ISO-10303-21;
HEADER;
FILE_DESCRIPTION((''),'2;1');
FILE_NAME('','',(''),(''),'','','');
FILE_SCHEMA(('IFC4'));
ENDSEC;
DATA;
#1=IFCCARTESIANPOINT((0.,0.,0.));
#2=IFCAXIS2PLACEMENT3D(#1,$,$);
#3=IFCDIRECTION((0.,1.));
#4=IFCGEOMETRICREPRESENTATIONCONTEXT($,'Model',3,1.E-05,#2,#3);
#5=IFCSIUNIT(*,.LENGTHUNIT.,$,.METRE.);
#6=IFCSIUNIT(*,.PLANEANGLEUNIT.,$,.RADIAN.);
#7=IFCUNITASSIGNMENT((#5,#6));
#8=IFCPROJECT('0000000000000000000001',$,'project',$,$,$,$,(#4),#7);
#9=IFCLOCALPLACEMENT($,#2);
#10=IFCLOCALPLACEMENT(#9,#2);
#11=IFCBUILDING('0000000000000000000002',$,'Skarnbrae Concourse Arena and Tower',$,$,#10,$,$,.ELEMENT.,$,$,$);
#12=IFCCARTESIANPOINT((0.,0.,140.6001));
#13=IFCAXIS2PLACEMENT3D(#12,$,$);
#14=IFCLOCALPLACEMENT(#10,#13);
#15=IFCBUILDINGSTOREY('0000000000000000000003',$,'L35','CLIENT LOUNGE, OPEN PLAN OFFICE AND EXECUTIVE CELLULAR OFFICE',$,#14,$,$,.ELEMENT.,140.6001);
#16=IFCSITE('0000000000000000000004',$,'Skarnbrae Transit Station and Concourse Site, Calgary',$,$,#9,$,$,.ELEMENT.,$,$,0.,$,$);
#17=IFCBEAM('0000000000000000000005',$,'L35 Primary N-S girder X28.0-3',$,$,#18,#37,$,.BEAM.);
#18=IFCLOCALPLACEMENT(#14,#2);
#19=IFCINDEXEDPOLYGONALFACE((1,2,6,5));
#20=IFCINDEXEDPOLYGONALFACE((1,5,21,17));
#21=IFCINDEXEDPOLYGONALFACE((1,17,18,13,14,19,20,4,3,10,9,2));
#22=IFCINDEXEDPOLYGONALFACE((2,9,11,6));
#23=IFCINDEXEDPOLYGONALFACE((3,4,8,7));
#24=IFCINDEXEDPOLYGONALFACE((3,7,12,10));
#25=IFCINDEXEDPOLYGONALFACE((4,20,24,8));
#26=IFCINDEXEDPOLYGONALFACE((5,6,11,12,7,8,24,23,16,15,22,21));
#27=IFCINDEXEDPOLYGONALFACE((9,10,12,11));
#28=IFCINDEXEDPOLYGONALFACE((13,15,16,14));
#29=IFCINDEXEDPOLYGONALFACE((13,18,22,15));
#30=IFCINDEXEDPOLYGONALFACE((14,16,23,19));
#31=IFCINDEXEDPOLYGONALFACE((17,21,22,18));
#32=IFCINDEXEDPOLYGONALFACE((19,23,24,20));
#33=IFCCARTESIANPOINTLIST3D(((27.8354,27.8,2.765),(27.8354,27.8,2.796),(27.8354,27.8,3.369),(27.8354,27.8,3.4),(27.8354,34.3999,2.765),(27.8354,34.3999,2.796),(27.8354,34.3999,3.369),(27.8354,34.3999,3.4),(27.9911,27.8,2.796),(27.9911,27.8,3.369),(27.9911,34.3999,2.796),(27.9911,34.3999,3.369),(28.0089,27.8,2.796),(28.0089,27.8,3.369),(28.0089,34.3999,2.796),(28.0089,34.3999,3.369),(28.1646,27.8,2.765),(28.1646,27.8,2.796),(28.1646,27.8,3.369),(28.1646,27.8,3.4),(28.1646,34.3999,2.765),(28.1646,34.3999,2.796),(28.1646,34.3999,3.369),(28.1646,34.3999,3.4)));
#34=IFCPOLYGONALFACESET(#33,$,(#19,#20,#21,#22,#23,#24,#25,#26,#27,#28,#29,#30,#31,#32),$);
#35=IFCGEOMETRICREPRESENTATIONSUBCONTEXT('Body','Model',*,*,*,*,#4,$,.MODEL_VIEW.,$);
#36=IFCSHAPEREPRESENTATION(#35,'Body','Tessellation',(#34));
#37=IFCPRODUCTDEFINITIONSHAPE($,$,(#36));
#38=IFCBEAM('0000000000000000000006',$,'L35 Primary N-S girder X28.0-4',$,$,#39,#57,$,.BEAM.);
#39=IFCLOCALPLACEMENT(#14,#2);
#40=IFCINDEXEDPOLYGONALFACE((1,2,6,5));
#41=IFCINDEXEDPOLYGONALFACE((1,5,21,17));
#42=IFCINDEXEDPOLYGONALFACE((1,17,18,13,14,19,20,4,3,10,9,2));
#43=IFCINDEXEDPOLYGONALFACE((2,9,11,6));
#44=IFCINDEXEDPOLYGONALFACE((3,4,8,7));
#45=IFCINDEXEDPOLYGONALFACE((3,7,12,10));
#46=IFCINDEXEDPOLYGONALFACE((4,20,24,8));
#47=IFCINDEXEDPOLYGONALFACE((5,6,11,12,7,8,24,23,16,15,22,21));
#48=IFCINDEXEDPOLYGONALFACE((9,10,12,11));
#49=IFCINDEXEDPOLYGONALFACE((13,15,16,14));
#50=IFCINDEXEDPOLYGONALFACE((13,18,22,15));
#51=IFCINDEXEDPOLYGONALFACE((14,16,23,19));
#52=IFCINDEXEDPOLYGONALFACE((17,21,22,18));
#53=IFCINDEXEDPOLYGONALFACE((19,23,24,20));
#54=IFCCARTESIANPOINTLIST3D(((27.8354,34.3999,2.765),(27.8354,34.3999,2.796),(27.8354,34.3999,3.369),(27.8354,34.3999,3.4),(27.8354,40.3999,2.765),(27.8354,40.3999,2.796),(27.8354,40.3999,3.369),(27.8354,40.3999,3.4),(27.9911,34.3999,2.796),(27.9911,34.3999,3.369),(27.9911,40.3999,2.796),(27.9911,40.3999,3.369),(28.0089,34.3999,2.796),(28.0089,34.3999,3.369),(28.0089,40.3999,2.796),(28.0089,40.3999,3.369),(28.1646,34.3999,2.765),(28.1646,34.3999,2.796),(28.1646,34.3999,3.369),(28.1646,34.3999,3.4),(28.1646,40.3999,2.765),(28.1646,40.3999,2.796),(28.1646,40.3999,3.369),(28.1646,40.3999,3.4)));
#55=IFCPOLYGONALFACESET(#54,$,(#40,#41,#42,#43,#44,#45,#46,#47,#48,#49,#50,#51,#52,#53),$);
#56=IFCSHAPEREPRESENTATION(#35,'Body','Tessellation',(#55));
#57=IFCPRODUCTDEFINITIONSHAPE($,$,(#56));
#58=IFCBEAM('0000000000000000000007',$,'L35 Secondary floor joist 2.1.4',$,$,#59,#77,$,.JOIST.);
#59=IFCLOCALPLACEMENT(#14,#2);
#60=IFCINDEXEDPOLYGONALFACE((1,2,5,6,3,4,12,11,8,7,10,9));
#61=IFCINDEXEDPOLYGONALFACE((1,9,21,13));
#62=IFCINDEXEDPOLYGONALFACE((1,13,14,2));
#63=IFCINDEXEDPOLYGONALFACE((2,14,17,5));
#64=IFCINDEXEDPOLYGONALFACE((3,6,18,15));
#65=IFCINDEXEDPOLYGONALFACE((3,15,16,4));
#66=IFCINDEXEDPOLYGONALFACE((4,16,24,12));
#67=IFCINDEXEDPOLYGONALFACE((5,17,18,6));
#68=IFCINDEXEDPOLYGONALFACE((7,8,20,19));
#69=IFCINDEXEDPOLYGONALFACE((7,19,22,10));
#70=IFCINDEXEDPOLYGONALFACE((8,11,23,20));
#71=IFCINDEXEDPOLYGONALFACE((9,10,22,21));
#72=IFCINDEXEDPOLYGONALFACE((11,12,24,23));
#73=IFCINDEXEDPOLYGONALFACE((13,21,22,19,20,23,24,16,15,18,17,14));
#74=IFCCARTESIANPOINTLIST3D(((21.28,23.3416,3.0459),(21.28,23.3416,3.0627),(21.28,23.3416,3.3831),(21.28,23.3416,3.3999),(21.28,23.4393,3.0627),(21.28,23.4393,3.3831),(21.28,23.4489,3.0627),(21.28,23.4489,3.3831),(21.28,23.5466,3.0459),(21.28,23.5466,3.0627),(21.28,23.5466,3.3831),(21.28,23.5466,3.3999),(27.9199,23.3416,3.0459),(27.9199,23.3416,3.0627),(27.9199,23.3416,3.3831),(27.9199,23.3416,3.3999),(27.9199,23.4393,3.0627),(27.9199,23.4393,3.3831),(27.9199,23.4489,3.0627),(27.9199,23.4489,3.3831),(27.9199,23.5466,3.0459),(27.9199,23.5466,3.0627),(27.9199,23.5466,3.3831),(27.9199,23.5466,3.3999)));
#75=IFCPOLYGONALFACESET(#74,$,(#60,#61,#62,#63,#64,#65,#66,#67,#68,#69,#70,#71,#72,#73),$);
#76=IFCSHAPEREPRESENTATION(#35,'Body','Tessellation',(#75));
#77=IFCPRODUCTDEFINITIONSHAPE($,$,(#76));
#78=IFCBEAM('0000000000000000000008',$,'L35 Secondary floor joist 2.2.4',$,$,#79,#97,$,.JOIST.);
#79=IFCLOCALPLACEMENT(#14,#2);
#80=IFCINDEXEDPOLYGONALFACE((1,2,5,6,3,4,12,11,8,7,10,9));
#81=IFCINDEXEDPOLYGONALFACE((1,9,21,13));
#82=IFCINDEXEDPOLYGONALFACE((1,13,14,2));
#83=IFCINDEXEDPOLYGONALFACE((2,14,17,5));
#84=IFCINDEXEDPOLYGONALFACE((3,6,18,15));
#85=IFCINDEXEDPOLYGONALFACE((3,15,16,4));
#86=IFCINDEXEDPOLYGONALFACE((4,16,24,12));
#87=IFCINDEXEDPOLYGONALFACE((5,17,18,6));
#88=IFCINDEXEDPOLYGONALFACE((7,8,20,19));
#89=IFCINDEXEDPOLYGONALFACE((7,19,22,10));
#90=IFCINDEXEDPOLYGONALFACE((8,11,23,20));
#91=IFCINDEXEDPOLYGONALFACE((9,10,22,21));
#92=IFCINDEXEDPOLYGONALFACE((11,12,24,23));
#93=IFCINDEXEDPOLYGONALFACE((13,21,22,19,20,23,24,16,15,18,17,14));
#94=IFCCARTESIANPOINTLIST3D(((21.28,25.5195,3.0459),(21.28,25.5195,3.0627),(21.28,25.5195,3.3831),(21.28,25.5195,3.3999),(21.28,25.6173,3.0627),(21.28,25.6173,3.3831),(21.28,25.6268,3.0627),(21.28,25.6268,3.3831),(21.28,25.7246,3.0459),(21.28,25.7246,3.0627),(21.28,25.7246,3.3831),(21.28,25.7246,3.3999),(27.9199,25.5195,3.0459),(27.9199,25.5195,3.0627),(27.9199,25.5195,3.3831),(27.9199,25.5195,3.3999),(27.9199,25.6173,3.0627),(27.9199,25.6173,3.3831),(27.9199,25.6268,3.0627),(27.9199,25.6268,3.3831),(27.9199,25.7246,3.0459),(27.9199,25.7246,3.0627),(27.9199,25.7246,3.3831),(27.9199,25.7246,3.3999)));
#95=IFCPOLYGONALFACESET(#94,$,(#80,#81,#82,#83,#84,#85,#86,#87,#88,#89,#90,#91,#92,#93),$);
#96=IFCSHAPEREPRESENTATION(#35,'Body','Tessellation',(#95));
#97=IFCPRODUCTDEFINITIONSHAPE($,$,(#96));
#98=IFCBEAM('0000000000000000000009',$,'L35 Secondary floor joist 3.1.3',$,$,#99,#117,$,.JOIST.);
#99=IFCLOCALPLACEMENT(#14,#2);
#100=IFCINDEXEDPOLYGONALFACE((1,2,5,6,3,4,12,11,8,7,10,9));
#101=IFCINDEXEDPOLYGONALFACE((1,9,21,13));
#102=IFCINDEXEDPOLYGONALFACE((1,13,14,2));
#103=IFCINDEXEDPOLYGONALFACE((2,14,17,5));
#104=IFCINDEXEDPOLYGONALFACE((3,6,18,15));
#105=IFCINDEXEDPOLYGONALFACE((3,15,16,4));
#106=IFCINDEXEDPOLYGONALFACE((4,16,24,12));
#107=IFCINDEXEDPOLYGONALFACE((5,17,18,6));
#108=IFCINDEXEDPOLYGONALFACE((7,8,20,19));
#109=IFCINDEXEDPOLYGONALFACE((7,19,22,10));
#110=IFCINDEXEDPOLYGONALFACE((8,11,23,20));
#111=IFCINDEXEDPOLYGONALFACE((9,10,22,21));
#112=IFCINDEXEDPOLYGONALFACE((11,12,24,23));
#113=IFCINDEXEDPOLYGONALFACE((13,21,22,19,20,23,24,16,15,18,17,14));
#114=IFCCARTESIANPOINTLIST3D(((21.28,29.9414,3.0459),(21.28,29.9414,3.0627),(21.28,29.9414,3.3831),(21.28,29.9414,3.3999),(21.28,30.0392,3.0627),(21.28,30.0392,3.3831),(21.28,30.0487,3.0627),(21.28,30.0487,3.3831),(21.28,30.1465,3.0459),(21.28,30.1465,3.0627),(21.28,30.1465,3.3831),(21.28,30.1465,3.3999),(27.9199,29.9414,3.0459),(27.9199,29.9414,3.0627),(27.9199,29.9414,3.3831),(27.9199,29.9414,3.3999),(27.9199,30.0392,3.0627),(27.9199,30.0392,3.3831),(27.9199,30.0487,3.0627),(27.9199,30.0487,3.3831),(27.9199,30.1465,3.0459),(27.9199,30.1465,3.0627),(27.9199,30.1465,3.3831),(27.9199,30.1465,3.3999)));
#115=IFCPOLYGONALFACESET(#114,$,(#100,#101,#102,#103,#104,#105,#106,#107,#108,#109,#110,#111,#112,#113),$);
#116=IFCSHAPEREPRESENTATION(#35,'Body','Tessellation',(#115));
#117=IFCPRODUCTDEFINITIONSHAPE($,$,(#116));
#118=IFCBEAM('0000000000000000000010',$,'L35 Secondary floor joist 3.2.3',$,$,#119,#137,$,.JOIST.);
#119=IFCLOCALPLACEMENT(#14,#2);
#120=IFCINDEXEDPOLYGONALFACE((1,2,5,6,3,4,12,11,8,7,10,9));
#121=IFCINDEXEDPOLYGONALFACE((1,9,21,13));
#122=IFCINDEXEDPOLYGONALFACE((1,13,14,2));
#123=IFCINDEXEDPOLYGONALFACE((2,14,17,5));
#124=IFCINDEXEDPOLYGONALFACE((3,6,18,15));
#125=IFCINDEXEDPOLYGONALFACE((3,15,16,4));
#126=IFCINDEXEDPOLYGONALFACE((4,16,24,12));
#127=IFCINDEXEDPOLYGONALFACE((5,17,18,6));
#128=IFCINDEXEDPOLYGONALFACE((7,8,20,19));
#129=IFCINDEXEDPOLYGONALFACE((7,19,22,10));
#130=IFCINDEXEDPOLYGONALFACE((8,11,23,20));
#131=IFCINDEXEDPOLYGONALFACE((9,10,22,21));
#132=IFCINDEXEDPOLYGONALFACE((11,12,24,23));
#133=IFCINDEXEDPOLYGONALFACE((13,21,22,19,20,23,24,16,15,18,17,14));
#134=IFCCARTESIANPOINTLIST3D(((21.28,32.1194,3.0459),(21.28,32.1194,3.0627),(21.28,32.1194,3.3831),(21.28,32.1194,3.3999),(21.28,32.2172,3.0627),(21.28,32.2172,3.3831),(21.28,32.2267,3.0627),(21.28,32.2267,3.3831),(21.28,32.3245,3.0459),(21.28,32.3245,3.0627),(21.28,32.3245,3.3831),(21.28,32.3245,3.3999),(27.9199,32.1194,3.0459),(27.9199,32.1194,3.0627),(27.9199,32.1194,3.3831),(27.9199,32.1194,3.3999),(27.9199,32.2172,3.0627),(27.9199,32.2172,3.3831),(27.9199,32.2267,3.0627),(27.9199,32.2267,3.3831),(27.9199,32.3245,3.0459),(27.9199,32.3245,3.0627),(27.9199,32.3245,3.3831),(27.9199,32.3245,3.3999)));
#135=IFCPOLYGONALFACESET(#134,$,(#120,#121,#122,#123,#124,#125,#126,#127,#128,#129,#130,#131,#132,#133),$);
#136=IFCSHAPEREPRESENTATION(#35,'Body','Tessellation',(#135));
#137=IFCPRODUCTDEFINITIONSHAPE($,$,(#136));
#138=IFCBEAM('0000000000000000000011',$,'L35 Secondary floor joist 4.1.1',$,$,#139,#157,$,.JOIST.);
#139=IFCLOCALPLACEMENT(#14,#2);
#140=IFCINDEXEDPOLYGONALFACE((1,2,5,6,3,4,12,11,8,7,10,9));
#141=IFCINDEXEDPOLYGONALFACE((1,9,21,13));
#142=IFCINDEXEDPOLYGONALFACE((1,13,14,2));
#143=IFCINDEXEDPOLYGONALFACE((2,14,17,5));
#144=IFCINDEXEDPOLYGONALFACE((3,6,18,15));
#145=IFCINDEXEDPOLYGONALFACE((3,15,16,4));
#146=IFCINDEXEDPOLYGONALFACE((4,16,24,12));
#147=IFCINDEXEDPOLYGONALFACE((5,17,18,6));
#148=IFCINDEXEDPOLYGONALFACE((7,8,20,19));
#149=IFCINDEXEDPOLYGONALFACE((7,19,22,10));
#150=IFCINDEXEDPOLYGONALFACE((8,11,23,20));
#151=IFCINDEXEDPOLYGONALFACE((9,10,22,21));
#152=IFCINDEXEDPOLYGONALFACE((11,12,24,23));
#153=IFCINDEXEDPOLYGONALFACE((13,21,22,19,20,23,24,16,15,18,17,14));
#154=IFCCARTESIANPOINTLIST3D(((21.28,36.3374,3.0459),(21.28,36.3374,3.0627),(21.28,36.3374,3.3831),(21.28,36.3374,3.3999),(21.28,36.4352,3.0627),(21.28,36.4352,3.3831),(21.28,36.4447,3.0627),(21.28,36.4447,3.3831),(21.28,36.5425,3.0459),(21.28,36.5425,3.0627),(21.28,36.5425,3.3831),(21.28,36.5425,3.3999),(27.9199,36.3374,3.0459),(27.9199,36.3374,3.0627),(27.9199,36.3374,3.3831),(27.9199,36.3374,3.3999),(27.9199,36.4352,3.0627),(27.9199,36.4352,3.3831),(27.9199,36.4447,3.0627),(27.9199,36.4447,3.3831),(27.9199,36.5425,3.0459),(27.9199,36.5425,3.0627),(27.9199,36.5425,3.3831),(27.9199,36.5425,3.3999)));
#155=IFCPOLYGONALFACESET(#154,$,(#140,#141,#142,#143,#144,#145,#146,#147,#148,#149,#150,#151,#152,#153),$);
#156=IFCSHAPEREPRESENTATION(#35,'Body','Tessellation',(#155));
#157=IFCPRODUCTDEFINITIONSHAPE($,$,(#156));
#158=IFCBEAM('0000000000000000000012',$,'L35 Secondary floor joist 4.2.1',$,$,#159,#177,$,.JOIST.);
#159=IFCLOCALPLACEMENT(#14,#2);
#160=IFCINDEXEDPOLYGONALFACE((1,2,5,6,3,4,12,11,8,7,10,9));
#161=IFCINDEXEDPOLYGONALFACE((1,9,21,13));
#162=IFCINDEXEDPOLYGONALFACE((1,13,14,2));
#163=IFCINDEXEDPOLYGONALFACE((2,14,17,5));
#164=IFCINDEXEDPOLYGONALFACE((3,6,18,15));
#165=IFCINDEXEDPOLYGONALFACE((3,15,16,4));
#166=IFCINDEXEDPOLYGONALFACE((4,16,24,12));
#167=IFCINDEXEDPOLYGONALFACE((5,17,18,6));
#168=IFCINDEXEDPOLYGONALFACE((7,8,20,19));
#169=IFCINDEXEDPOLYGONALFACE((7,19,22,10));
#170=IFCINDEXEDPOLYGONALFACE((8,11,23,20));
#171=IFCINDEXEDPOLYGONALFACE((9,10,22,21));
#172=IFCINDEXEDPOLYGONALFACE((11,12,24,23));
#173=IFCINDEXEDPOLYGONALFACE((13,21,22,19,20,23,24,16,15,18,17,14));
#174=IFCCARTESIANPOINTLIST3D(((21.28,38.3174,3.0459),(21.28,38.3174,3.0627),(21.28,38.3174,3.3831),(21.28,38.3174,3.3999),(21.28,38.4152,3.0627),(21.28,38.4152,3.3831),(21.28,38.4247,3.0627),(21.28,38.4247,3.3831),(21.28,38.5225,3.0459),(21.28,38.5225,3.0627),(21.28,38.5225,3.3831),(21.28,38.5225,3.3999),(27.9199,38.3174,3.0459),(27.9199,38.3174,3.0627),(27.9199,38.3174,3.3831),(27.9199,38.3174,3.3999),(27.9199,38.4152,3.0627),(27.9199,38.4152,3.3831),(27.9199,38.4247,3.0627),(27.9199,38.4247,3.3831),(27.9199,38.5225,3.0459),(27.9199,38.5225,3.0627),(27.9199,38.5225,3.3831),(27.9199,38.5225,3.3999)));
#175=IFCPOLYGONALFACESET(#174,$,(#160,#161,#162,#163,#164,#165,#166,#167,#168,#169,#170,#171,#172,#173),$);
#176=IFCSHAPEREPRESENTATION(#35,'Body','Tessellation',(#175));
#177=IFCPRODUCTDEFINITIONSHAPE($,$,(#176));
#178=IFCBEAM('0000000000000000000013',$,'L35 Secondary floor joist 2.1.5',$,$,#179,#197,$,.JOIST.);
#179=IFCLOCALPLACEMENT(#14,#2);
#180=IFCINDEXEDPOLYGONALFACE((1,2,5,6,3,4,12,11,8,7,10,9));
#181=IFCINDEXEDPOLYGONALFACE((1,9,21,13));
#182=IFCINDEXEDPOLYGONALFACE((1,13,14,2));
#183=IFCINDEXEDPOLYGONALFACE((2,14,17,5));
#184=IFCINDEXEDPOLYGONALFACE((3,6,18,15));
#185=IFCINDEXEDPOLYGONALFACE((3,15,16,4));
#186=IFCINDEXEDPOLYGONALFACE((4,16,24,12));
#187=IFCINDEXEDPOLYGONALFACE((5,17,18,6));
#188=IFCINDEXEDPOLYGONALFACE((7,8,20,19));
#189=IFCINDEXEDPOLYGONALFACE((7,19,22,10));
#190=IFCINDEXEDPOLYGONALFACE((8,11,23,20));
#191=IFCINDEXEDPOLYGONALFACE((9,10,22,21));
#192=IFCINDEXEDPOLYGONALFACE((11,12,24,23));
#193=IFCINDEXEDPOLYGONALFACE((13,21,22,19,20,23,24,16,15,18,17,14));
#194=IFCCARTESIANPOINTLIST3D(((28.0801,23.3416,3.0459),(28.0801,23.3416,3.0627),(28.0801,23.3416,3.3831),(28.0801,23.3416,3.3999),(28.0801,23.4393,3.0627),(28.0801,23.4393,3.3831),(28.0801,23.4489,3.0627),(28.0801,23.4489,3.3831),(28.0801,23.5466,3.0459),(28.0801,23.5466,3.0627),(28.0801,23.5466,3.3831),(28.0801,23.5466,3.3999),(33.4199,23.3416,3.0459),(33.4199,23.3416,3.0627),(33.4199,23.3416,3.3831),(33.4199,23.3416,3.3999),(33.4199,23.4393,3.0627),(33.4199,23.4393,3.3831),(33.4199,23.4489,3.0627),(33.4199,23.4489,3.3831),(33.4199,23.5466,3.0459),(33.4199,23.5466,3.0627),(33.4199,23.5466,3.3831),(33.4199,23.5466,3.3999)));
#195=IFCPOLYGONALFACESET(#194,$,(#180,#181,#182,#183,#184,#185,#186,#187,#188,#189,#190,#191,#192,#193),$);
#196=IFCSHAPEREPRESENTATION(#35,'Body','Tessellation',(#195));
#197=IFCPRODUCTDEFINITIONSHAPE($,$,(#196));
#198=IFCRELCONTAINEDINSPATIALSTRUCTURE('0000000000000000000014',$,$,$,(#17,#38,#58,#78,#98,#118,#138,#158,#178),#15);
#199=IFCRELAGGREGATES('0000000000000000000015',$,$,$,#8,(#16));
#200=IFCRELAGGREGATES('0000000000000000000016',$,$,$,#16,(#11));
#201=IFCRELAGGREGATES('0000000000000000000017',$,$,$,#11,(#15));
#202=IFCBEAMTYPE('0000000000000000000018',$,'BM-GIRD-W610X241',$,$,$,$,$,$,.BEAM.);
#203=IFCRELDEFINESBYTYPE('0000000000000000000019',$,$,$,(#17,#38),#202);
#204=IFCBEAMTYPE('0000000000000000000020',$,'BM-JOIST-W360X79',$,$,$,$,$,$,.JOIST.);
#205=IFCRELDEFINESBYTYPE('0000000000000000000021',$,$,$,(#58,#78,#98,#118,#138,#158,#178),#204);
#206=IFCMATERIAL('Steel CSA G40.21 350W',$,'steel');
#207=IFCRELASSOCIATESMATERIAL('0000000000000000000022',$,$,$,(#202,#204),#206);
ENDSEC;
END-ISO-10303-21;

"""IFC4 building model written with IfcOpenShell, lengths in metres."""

from ifc_helpers import new_model, si_unit, direction, frame, origin, origin_2d, place, context, subcontext, project, spatial, i_section, extrude, source, transform, mapped, material, material_profile, profile_set, type_object, element, save


model = new_model("IFC4")

# Units and contexts
model_context = context("Model", 3, precision=1e-05, world=origin(), true_north=direction((0.0, 1.0)))
body_context = subcontext(model_context, "Body", "Model", "MODEL_VIEW")
ifc_project = project(units=[si_unit("LENGTHUNIT", "METRE"), si_unit("PLANEANGLEUNIT", "RADIAN")], contexts=[model_context])

# Site, building, storey
site_placement = place(None, origin())
site = spatial("IfcSite", under=ifc_project, at=site_placement, Name="Skarnbrae Transit Station and Concourse Site, Calgary", CompositionType="ELEMENT", RefElevation=0.0)
building_placement = place(site_placement, origin())
building = spatial("IfcBuilding", under=site, at=building_placement, Name="Skarnbrae Concourse Arena and Tower", CompositionType="ELEMENT")
storey_placement = place(building_placement, frame((0.0, 0.0, 140.6001)))
storey = spatial("IfcBuildingStorey", under=building, at=storey_placement, Name="L35", Description="CLIENT LOUNGE, OPEN PLAN OFFICE AND EXECUTIVE CELLULAR OFFICE", CompositionType="ELEMENT", Elevation=140.6001)

# Shared definitions
ifc_material_1 = material(Name="Steel CSA G40.21 350W", Category="steel")

# Beams
ifc_material_profile_1 = material_profile(ifc_material_1, i_section(OverallWidth=0.3291, OverallDepth=0.635, WebThickness=0.0178, FlangeThickness=0.031, at=origin_2d()), Name="W610X241")
ifc_profile_set_1 = profile_set([ifc_material_profile_1], Name="Steel CSA G40.21 350W")
beam_type_1 = type_object("IfcBeamType", Name="BM-GIRD-W610X241", PredefinedType="BEAM", material=ifc_profile_set_1)
shared_shape_1 = source(origin(), body_context, "Body", "SweptSolid", [
    extrude(i_section(OverallWidth=0.3291, OverallDepth=0.635, WebThickness=0.0178, FlangeThickness=0.031, at=origin_2d()), origin(), (0.0, 0.0, 1.0), 6.5999),
])
beam_1_placement = place(storey_placement, frame((28.0, 27.8, 3.0825), z_axis=(0.0, 1.0, 0.0), x_axis=(-1.0, 0.0, 0.0)))
element("IfcBeam", 1, at=beam_1_placement, inside=storey, type_object=beam_type_1, Name="L35 Primary N-S girder X28.0-3", PredefinedType="BEAM", context=body_context, shape_type="MappedRepresentation", body=[
    mapped(shared_shape_1, transform((0.0, 0.0, 0.0))),
])
shared_shape_2 = source(origin(), body_context, "Body", "SweptSolid", [
    extrude(i_section(OverallWidth=0.3291, OverallDepth=0.635, WebThickness=0.0178, FlangeThickness=0.031, at=origin_2d()), origin(), (0.0, 0.0, 1.0), 6.0),
])
beam_2_placement = place(storey_placement, frame((28.0, 34.3999, 3.0825), z_axis=(0.0, 1.0, 0.0), x_axis=(-1.0, 0.0, 0.0)))
element("IfcBeam", 2, at=beam_2_placement, inside=storey, type_object=beam_type_1, Name="L35 Primary N-S girder X28.0-4", PredefinedType="BEAM", context=body_context, shape_type="MappedRepresentation", body=[
    mapped(shared_shape_2, transform((0.0, 0.0, 0.0))),
])
ifc_material_profile_2 = material_profile(ifc_material_1, i_section(OverallWidth=0.2051, OverallDepth=0.354, WebThickness=0.0095, FlangeThickness=0.0168, at=origin_2d()), Name="W360X79")
ifc_profile_set_2 = profile_set([ifc_material_profile_2], Name="Steel CSA G40.21 350W")
beam_type_2 = type_object("IfcBeamType", Name="BM-JOIST-W360X79", PredefinedType="JOIST", material=ifc_profile_set_2)
shared_shape_3 = source(origin(), body_context, "Body", "SweptSolid", [
    extrude(i_section(OverallWidth=0.2051, OverallDepth=0.354, WebThickness=0.0095, FlangeThickness=0.0168, at=origin_2d()), origin(), (0.0, 0.0, 1.0), 6.6399),
])
for number, where, z_axis, x_axis, name in (
    (3, (21.28, 23.4441, 3.2229), (1.0, 0.0, 0.0), (0.0, 1.0, 0.0), "L35 Secondary floor joist 2.1.4"),
    (4, (21.28, 25.6221, 3.2229), (1.0, 0.0, 0.0), (0.0, 1.0, 0.0), "L35 Secondary floor joist 2.2.4"),
    (5, (21.28, 30.0439, 3.2229), (1.0, 0.0, 0.0), (0.0, 1.0, 0.0), "L35 Secondary floor joist 3.1.3"),
    (6, (21.28, 32.2219, 3.2229), (1.0, 0.0, 0.0), (0.0, 1.0, 0.0), "L35 Secondary floor joist 3.2.3"),
    (7, (21.28, 36.4399, 3.2229), (1.0, 0.0, 0.0), (0.0, 1.0, 0.0), "L35 Secondary floor joist 4.1.1"),
    (8, (21.28, 38.4199, 3.2229), (1.0, 0.0, 0.0), (0.0, 1.0, 0.0), "L35 Secondary floor joist 4.2.1"),
):
    element("IfcBeam", number, at=place(storey_placement, frame(where, z_axis=z_axis, x_axis=x_axis)), inside=storey, type_object=beam_type_2, Name=name, PredefinedType="JOIST", context=body_context, shape_type="MappedRepresentation", body=[
        mapped(shared_shape_3, transform((0.0, 0.0, 0.0))),
    ])
shared_shape_4 = source(origin(), body_context, "Body", "SweptSolid", [
    extrude(i_section(OverallWidth=0.2051, OverallDepth=0.354, WebThickness=0.0095, FlangeThickness=0.0168, at=origin_2d()), origin(), (0.0, 0.0, 1.0), 5.3398),
])
for number, where, z_axis, x_axis, name in (
    (9, (28.0801, 23.4441, 3.2229), (1.0, 0.0, 0.0), (0.0, 1.0, 0.0), "L35 Secondary floor joist 2.1.5"),
):
    element("IfcBeam", number, at=place(storey_placement, frame(where, z_axis=z_axis, x_axis=x_axis)), inside=storey, type_object=beam_type_2, Name=name, PredefinedType="JOIST", context=body_context, shape_type="MappedRepresentation", body=[
        mapped(shared_shape_4, transform((0.0, 0.0, 0.0))),
    ])

save(model, "model.ifc")
